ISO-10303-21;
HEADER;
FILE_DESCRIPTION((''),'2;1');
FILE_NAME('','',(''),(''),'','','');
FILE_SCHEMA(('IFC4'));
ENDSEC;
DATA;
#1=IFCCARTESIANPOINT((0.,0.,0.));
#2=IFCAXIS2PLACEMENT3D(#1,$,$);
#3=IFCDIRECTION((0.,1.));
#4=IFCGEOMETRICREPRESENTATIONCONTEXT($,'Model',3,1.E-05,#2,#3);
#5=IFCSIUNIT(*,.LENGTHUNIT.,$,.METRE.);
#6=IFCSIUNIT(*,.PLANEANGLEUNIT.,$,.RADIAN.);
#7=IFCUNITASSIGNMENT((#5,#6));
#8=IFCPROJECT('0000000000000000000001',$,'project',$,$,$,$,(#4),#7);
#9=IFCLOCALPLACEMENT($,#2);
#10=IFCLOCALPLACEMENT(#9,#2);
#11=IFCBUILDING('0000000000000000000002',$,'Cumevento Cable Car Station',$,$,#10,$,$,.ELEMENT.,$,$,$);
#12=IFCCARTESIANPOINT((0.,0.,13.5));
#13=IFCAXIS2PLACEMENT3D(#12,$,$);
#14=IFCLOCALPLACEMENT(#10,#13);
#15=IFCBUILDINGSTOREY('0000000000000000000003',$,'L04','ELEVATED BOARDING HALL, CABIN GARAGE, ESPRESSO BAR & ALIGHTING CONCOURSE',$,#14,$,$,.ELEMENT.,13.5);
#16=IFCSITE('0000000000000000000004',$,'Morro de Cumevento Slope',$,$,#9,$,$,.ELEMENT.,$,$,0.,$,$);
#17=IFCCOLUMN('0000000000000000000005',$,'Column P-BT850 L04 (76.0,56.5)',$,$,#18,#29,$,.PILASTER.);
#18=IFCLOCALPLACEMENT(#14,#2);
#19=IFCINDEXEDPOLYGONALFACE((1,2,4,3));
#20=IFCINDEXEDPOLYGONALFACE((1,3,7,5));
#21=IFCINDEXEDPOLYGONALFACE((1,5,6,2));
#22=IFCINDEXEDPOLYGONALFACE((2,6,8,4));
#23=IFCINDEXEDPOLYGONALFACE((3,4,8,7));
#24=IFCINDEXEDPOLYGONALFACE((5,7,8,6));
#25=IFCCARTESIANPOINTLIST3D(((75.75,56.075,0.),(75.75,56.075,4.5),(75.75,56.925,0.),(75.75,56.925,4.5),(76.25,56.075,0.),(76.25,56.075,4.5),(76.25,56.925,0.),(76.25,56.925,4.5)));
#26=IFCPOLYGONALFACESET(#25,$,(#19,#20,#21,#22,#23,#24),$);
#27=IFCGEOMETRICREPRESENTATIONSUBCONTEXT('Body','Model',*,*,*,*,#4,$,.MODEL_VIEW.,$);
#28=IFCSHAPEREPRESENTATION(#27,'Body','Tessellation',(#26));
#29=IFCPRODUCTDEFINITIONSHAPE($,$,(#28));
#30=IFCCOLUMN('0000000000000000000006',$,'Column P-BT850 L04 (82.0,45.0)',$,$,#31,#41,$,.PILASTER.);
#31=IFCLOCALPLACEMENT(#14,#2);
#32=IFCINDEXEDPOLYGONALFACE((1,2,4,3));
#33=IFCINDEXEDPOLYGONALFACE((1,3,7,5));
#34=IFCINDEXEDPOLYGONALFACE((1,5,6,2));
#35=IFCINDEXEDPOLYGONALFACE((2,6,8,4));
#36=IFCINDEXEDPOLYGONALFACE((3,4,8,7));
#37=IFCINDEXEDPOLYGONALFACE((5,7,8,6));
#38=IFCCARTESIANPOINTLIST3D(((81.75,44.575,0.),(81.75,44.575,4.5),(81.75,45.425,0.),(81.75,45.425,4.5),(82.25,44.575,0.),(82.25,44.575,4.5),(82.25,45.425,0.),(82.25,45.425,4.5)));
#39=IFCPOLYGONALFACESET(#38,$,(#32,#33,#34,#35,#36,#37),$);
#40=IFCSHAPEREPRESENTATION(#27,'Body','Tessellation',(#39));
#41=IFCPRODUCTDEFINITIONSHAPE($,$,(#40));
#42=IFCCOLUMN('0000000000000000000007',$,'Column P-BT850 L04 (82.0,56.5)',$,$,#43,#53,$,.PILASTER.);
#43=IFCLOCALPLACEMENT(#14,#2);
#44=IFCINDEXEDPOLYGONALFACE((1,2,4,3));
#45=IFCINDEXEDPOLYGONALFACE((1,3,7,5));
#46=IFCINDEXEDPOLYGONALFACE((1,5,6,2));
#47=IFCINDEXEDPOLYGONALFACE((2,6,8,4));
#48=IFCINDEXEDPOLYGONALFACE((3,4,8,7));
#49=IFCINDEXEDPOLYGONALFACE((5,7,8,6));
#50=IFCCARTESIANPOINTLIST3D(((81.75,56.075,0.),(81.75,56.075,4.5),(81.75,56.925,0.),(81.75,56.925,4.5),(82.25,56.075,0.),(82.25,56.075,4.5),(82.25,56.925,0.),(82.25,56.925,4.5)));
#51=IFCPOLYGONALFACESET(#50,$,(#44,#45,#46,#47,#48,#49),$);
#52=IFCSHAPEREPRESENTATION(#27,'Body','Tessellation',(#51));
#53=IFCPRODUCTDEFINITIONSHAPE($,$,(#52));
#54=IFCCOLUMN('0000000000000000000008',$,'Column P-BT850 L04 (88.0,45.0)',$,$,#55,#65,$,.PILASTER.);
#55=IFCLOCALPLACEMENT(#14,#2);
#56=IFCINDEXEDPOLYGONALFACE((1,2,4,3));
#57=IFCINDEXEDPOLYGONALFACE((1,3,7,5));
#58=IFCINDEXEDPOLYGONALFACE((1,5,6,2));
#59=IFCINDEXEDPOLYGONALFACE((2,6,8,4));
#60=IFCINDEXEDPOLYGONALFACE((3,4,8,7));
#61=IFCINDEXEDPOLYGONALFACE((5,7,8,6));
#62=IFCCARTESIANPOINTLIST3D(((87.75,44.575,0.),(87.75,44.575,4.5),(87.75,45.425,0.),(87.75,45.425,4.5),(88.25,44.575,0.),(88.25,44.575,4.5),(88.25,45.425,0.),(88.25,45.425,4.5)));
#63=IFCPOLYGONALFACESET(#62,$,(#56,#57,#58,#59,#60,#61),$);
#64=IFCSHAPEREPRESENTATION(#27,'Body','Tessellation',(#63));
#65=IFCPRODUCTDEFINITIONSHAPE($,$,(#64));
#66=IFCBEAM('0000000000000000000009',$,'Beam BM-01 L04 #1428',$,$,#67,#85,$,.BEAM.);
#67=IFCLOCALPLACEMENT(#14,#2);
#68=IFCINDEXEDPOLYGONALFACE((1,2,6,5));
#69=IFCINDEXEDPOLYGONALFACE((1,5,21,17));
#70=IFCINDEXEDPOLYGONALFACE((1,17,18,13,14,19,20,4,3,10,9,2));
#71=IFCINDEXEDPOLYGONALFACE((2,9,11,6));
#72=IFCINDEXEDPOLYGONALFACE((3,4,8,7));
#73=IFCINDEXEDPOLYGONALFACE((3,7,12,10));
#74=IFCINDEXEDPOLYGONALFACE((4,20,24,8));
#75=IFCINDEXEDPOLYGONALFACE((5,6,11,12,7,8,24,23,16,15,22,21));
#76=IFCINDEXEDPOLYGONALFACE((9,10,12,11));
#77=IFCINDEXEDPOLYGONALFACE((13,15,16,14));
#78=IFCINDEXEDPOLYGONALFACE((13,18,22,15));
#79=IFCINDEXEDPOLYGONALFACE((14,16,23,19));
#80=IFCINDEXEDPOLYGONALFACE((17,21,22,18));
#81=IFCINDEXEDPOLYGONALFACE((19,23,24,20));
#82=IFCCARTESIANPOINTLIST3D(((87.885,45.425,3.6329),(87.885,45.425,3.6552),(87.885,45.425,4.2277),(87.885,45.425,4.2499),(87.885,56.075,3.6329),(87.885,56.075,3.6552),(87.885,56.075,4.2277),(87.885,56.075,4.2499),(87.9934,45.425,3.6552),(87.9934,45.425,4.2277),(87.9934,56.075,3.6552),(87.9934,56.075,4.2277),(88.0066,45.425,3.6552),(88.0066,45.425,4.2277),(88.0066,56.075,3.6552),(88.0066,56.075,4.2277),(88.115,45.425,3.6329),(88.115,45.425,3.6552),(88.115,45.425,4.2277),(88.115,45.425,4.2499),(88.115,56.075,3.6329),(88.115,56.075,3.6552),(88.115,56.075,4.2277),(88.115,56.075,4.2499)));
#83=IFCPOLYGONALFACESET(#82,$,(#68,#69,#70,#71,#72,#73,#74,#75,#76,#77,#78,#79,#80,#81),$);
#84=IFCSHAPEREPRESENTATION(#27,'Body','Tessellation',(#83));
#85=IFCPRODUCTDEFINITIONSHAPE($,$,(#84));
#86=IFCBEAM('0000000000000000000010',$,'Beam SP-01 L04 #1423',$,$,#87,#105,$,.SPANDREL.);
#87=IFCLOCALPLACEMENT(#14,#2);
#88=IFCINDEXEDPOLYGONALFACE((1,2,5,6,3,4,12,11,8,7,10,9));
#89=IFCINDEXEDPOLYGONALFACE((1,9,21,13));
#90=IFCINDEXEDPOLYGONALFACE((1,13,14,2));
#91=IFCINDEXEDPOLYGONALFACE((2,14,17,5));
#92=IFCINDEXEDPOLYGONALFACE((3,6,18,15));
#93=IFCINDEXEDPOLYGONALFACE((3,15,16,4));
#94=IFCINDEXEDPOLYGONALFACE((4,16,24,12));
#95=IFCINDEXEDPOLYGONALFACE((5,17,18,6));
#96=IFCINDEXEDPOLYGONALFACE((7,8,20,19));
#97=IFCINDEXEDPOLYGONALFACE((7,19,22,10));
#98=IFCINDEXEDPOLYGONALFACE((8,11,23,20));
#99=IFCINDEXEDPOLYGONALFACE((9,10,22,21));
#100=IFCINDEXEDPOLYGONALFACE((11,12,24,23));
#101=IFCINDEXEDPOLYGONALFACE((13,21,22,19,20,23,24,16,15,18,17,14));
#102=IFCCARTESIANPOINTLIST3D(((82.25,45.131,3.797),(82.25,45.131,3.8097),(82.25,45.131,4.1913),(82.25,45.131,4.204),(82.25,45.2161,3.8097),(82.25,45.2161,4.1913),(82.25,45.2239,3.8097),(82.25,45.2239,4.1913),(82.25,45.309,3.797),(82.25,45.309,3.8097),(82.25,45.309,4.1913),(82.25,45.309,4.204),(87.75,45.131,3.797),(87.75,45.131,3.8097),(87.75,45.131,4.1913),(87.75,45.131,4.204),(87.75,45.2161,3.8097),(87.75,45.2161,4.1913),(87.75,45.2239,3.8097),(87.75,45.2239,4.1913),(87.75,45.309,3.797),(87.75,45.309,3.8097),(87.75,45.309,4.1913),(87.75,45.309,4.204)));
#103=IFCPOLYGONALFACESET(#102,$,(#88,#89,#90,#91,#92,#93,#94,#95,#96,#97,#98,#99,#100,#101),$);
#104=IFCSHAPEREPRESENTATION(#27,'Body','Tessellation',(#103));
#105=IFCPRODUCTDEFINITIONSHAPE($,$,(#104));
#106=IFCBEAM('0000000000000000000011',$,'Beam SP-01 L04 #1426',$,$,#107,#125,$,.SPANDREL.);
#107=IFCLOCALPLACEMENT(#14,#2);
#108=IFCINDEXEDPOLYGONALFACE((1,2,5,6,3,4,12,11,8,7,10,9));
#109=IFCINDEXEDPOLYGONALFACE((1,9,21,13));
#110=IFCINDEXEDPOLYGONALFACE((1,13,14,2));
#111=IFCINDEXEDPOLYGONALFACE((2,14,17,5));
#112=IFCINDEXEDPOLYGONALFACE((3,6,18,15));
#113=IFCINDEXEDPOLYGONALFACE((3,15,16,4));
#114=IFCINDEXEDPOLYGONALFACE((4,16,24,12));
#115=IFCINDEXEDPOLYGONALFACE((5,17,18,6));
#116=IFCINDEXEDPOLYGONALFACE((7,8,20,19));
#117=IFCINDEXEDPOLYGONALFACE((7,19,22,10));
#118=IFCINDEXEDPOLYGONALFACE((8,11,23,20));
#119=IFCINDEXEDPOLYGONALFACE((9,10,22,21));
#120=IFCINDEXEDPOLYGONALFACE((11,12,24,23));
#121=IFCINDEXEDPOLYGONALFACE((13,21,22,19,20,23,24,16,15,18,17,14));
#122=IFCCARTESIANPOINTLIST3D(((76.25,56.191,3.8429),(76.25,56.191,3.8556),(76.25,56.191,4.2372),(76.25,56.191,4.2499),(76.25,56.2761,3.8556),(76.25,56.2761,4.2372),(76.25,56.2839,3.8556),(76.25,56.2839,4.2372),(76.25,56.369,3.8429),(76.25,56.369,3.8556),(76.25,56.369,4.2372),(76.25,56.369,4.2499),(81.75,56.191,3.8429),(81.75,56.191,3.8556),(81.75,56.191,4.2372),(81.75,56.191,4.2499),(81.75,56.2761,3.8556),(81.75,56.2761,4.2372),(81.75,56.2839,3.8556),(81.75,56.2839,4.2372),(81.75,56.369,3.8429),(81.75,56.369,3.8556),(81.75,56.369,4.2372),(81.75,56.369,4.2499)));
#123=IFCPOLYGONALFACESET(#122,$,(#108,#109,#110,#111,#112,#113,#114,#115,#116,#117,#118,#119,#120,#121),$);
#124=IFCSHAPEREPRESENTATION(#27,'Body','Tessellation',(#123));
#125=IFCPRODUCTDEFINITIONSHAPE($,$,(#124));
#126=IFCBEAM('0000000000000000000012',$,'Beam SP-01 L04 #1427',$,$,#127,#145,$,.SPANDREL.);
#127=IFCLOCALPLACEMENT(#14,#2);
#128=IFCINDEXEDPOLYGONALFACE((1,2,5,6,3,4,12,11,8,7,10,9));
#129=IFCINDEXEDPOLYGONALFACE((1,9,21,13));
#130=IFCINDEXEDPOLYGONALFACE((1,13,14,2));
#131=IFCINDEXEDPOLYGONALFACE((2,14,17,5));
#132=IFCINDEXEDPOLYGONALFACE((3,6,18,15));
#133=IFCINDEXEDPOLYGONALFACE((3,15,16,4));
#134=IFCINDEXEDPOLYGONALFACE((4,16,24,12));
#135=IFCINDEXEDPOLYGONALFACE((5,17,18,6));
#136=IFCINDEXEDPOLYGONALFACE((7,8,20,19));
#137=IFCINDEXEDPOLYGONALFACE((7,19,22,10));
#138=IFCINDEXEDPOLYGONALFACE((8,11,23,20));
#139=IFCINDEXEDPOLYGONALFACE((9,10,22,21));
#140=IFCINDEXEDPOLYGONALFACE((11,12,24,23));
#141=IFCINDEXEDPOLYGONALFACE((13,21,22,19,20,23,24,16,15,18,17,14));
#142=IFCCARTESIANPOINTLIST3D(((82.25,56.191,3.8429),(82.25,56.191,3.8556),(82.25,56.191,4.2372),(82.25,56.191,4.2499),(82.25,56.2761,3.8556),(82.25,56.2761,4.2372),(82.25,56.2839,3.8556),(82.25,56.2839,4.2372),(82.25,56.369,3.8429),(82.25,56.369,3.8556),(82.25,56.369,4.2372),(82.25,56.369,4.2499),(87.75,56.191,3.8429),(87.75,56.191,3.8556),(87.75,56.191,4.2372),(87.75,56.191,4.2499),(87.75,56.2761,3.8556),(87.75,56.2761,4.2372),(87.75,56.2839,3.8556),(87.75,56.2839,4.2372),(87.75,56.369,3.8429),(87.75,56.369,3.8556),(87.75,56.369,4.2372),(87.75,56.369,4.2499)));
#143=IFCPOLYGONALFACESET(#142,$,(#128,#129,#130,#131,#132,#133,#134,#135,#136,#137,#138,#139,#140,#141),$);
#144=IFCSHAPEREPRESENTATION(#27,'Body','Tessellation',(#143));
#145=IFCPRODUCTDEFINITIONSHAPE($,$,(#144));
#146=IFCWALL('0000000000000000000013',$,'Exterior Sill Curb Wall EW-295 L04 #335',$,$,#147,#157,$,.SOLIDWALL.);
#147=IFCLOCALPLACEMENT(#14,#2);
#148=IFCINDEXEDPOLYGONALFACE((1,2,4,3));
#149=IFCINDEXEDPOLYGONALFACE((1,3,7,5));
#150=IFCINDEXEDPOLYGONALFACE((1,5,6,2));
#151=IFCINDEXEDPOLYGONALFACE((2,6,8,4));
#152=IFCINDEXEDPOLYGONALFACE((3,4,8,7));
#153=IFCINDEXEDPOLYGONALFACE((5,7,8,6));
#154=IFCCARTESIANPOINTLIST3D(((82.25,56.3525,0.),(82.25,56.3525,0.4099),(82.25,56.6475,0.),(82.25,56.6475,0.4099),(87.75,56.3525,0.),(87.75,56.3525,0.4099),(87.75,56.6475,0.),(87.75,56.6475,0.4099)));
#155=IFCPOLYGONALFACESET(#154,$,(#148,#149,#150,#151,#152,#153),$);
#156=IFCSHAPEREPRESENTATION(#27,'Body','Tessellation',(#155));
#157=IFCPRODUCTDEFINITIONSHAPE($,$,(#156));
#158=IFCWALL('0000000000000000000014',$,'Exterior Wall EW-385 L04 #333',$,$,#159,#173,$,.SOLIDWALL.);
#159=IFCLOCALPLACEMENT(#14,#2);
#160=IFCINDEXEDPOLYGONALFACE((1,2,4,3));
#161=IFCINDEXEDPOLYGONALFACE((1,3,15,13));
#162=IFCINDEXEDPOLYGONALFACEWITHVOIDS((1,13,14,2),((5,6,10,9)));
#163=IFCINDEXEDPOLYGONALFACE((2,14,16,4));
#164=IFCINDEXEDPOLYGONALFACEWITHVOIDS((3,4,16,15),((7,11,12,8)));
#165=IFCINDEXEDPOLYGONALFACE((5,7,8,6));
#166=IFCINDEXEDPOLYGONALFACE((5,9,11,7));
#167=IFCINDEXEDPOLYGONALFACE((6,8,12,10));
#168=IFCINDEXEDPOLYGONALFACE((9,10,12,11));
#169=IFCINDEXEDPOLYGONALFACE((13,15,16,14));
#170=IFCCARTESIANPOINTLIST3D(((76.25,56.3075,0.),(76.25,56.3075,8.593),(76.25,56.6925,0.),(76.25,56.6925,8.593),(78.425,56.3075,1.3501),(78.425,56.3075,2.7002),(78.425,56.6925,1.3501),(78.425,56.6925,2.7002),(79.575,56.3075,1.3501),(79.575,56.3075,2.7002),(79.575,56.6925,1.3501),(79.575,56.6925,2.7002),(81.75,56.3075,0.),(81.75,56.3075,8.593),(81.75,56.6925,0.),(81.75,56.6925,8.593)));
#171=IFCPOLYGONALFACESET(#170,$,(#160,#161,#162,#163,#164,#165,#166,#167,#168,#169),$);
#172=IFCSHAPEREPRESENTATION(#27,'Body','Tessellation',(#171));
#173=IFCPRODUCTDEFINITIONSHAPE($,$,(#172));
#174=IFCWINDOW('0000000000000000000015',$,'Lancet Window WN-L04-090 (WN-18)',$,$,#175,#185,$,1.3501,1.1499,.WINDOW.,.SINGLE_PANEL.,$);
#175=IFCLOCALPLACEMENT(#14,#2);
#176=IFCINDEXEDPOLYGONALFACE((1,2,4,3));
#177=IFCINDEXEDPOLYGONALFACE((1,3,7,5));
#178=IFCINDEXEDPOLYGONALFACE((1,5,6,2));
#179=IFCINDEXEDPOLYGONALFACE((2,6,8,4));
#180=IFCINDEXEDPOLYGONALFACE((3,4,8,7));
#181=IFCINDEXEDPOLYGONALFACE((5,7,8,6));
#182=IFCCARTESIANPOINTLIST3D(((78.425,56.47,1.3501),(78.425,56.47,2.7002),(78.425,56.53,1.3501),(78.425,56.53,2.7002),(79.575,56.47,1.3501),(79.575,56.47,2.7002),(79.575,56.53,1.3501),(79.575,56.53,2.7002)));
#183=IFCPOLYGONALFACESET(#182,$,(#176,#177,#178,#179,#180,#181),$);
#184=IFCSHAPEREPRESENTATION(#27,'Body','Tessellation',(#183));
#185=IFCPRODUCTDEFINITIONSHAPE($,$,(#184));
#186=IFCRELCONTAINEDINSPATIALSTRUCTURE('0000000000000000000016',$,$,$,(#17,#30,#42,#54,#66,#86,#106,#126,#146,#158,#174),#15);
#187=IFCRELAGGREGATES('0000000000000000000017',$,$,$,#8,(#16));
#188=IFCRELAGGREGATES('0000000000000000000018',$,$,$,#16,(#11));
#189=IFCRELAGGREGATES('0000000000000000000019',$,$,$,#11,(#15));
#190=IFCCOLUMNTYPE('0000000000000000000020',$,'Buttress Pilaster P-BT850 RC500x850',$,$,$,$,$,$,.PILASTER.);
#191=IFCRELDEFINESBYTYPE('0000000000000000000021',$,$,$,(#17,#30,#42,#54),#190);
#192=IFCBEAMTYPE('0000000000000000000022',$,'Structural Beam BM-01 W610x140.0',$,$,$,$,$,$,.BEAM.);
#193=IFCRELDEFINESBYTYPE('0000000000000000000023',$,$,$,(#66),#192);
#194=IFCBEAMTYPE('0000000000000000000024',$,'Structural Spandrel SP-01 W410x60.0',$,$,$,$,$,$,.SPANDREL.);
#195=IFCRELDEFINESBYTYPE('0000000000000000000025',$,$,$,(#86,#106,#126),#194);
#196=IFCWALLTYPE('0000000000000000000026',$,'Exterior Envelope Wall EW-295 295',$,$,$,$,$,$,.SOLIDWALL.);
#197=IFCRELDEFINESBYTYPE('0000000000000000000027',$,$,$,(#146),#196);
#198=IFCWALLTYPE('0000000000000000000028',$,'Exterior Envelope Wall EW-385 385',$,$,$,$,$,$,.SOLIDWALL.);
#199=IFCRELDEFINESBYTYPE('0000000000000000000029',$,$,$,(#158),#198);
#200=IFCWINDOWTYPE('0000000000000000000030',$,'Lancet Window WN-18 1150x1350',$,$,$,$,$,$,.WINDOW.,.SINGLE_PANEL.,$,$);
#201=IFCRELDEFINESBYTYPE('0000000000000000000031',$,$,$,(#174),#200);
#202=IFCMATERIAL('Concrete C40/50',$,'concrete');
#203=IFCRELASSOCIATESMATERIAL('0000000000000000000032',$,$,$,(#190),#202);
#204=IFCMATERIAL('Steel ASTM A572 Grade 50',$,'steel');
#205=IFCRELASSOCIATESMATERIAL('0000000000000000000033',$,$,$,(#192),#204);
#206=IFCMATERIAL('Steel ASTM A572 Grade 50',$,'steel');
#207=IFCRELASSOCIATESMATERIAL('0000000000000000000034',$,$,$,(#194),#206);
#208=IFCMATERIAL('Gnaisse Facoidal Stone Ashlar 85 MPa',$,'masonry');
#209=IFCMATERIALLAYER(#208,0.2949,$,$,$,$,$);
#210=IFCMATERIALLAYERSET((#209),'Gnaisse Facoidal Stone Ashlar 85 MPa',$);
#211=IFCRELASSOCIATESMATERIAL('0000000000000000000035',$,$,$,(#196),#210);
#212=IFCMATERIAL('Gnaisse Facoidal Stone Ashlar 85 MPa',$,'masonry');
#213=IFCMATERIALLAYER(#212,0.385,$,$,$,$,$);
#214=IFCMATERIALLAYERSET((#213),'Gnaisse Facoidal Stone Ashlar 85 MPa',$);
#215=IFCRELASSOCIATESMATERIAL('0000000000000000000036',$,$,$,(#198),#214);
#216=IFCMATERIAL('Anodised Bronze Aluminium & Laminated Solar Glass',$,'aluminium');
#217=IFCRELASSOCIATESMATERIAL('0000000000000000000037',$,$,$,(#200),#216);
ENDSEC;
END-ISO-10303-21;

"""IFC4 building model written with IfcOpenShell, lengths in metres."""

from ifc_helpers import new_model, si_unit, direction, frame, frame_2d, origin, origin_2d, place, context, subcontext, project, spatial, rectangle, i_section, extrude, material, layer, layer_set, material_profile, profile_set, type_object, element, fill, save


model = new_model("IFC4")

# Units and contexts
model_context = context("Model", 3, precision=1e-05, world=origin(), true_north=direction((0.0, 1.0)))
body_context = subcontext(model_context, "Body", "Model", "MODEL_VIEW")
ifc_project = project(units=[si_unit("LENGTHUNIT", "METRE"), si_unit("PLANEANGLEUNIT", "RADIAN")], contexts=[model_context])

# Site, building, storey
site_placement = place(None, origin())
site = spatial("IfcSite", under=ifc_project, at=site_placement, Name="Morro de Cumevento Slope", CompositionType="ELEMENT", RefElevation=0.0)
building_placement = place(site_placement, origin())
building = spatial("IfcBuilding", under=site, at=building_placement, Name="Cumevento Cable Car Station", CompositionType="ELEMENT")
storey_placement = place(building_placement, frame((0.0, 0.0, 13.5)))
storey = spatial("IfcBuildingStorey", under=building, at=storey_placement, Name="L04", Description="ELEVATED BOARDING HALL, CABIN GARAGE, ESPRESSO BAR & ALIGHTING CONCOURSE", CompositionType="ELEMENT", Elevation=13.5)

# Columns
ifc_material_1 = material(Name="Concrete C40/50", Category="concrete")
ifc_material_profile_1 = material_profile(ifc_material_1, rectangle(XDim=0.5, YDim=0.8501, at=origin_2d()), Name="RC500x850")
ifc_profile_set_1 = profile_set([ifc_material_profile_1], Name="Concrete C40/50")
column_type = type_object("IfcColumnType", Name="Buttress Pilaster P-BT850 RC500x850", PredefinedType="PILASTER", material=ifc_profile_set_1)
for number, where, z_axis, x_axis, name in (
    (1, (76.0, 56.5, 0.0), (0.0, 0.0, 1.0), (1.0, 0.0, 0.0), "Column P-BT850 L04 (76.0,56.5)"),
    (2, (82.0, 45.0, 0.0), (0.0, 0.0, 1.0), (1.0, 0.0, 0.0), "Column P-BT850 L04 (82.0,45.0)"),
    (3, (82.0, 56.5, 0.0), (0.0, 0.0, 1.0), (1.0, 0.0, 0.0), "Column P-BT850 L04 (82.0,56.5)"),
    (4, (88.0, 45.0, 0.0), (0.0, 0.0, 1.0), (1.0, 0.0, 0.0), "Column P-BT850 L04 (88.0,45.0)"),
):
    element("IfcColumn", number, at=place(storey_placement, frame(where, z_axis=z_axis, x_axis=x_axis)), inside=storey, type_object=column_type, Name=name, PredefinedType="PILASTER", context=body_context, shape_type="SweptSolid", body=[
        extrude(rectangle(XDim=0.5, YDim=0.8501, at=origin_2d()), origin(), (0.0, 0.0, 1.0), 4.5),
    ])

# Beams
ifc_material_2 = material(Name="Steel ASTM A572 Grade 50", Category="steel")
ifc_material_profile_2 = material_profile(ifc_material_2, i_section(OverallWidth=0.23, OverallDepth=0.6169, WebThickness=0.0132, FlangeThickness=0.0222, at=origin_2d()), Name="W610x140.0")
ifc_profile_set_2 = profile_set([ifc_material_profile_2], Name="Steel ASTM A572 Grade 50")
beam_type_1 = type_object("IfcBeamType", Name="Structural Beam BM-01 W610x140.0", PredefinedType="BEAM", material=ifc_profile_set_2)
beam_placement = place(storey_placement, frame((88.0, 45.425, 3.9414), z_axis=(0.0, 1.0, 0.0), x_axis=(-1.0, 0.0, 0.0)))
element("IfcBeam", 5, at=beam_placement, inside=storey, type_object=beam_type_1, Name="Beam BM-01 L04 #1428", PredefinedType="BEAM", context=body_context, shape_type="SweptSolid", body=[
    extrude(i_section(OverallWidth=0.23, OverallDepth=0.6169, WebThickness=0.0132, FlangeThickness=0.0222, at=origin_2d()), origin(), (0.0, 0.0, 1.0), 10.6499),
])
ifc_material_3 = material(Name="Steel ASTM A572 Grade 50", Category="steel")
ifc_material_profile_3 = material_profile(ifc_material_3, i_section(OverallWidth=0.178, OverallDepth=0.407, WebThickness=0.0078, FlangeThickness=0.0127, at=origin_2d()), Name="W410x60.0")
ifc_profile_set_3 = profile_set([ifc_material_profile_3], Name="Steel ASTM A572 Grade 50")
beam_type_2 = type_object("IfcBeamType", Name="Structural Spandrel SP-01 W410x60.0", PredefinedType="SPANDREL", material=ifc_profile_set_3)
for number, where, z_axis, x_axis, name in (
    (6, (82.25, 45.22, 4.0005), (1.0, 0.0, 0.0), (0.0, 1.0, 0.0), "Beam SP-01 L04 #1423"),
    (7, (76.25, 56.28, 4.0464), (1.0, 0.0, 0.0), (0.0, 1.0, 0.0), "Beam SP-01 L04 #1426"),
    (8, (82.25, 56.28, 4.0464), (1.0, 0.0, 0.0), (0.0, 1.0, 0.0), "Beam SP-01 L04 #1427"),
):
    element("IfcBeam", number, at=place(storey_placement, frame(where, z_axis=z_axis, x_axis=x_axis)), inside=storey, type_object=beam_type_2, Name=name, PredefinedType="SPANDREL", context=body_context, shape_type="SweptSolid", body=[
        extrude(i_section(OverallWidth=0.178, OverallDepth=0.407, WebThickness=0.0078, FlangeThickness=0.0127, at=origin_2d()), origin(), (0.0, 0.0, 1.0), 5.5),
    ])

# Wall
ifc_material_4 = material(Name="Gnaisse Facoidal Stone Ashlar 85 MPa", Category="masonry")
ifc_layer_1 = layer(ifc_material_4, 0.2949)
ifc_layer_set_1 = layer_set([ifc_layer_1], Name="Gnaisse Facoidal Stone Ashlar 85 MPa")
wall_type_1 = type_object("IfcWallType", Name="Exterior Envelope Wall EW-295 295", PredefinedType="SOLIDWALL", material=ifc_layer_set_1)
wall_1_placement = place(storey_placement, frame((82.25, 56.5, 0.0), z_axis=(0.0, 0.0, 1.0), x_axis=(1.0, 0.0, 0.0)))
element("IfcWall", 9, at=wall_1_placement, inside=storey, type_object=wall_type_1, Name="Exterior Sill Curb Wall EW-295 L04 #335", PredefinedType="SOLIDWALL", context=body_context, shape_type="SweptSolid", body=[
    extrude(rectangle(XDim=5.5, YDim=0.2949, at=frame_2d((2.75, 0.0))), origin(), (0.0, 0.0, 1.0), 0.4099),
])

# Wall, opening, window
ifc_material_5 = material(Name="Gnaisse Facoidal Stone Ashlar 85 MPa", Category="masonry")
ifc_layer_2 = layer(ifc_material_5, 0.385)
ifc_layer_set_2 = layer_set([ifc_layer_2], Name="Gnaisse Facoidal Stone Ashlar 85 MPa")
wall_type_2 = type_object("IfcWallType", Name="Exterior Envelope Wall EW-385 385", PredefinedType="SOLIDWALL", material=ifc_layer_set_2)
wall_2_placement = place(storey_placement, frame((76.25, 56.5, 0.0), z_axis=(0.0, 0.0, 1.0), x_axis=(1.0, 0.0, 0.0)))
wall_2 = element("IfcWall", 10, at=wall_2_placement, inside=storey, type_object=wall_type_2, Name="Exterior Wall EW-385 L04 #333", PredefinedType="SOLIDWALL", context=body_context, shape_type="SweptSolid", body=[
    extrude(rectangle(XDim=5.5, YDim=0.385, at=frame_2d((2.75, 0.0))), origin(), (0.0, 0.0, 1.0), 8.593),
])
opening_1_placement = place(wall_2_placement, frame((2.175, 0.0, 1.3501)))
opening_1 = element("IfcOpeningElement", 11, at=opening_1_placement, cuts=wall_2, PredefinedType="OPENING", context=body_context, shape_type="SweptSolid", body=[
    extrude(rectangle(XDim=1.1499, YDim=1.3501, at=frame_2d((0.575, 0.675))), frame((0.0, 0.2024, 0.0), z_axis=(0.0, -1.0, 0.0), x_axis=(1.0, 0.0, 0.0)), (0.0, 0.0, 1.0), 0.405),
])
ifc_material_6 = material(Name="Anodised Bronze Aluminium & Laminated Solar Glass", Category="aluminium")
window_type_1 = type_object("IfcWindowType", Name="Lancet Window WN-18 1150x1350", PartitioningType="SINGLE_PANEL", PredefinedType="WINDOW", material=ifc_material_6)
window_1_placement = place(opening_1_placement, origin())
window_1 = element("IfcWindow", 12, at=window_1_placement, inside=storey, type_object=window_type_1, Name="Lancet Window WN-L04-090 (WN-18)", OverallHeight=1.3501, OverallWidth=1.1499, PartitioningType="SINGLE_PANEL", PredefinedType="WINDOW", context=body_context, shape_type="SweptSolid", body=[
    extrude(rectangle(XDim=1.1499, YDim=1.3501, at=frame_2d((0.575, 0.675))), frame((0.0, 0.03, 0.0), z_axis=(0.0, -1.0, 0.0), x_axis=(1.0, 0.0, 0.0)), (0.0, 0.0, 1.0), 0.0601),
])
fill(opening_1, window_1)

save(model, "model.ifc")
